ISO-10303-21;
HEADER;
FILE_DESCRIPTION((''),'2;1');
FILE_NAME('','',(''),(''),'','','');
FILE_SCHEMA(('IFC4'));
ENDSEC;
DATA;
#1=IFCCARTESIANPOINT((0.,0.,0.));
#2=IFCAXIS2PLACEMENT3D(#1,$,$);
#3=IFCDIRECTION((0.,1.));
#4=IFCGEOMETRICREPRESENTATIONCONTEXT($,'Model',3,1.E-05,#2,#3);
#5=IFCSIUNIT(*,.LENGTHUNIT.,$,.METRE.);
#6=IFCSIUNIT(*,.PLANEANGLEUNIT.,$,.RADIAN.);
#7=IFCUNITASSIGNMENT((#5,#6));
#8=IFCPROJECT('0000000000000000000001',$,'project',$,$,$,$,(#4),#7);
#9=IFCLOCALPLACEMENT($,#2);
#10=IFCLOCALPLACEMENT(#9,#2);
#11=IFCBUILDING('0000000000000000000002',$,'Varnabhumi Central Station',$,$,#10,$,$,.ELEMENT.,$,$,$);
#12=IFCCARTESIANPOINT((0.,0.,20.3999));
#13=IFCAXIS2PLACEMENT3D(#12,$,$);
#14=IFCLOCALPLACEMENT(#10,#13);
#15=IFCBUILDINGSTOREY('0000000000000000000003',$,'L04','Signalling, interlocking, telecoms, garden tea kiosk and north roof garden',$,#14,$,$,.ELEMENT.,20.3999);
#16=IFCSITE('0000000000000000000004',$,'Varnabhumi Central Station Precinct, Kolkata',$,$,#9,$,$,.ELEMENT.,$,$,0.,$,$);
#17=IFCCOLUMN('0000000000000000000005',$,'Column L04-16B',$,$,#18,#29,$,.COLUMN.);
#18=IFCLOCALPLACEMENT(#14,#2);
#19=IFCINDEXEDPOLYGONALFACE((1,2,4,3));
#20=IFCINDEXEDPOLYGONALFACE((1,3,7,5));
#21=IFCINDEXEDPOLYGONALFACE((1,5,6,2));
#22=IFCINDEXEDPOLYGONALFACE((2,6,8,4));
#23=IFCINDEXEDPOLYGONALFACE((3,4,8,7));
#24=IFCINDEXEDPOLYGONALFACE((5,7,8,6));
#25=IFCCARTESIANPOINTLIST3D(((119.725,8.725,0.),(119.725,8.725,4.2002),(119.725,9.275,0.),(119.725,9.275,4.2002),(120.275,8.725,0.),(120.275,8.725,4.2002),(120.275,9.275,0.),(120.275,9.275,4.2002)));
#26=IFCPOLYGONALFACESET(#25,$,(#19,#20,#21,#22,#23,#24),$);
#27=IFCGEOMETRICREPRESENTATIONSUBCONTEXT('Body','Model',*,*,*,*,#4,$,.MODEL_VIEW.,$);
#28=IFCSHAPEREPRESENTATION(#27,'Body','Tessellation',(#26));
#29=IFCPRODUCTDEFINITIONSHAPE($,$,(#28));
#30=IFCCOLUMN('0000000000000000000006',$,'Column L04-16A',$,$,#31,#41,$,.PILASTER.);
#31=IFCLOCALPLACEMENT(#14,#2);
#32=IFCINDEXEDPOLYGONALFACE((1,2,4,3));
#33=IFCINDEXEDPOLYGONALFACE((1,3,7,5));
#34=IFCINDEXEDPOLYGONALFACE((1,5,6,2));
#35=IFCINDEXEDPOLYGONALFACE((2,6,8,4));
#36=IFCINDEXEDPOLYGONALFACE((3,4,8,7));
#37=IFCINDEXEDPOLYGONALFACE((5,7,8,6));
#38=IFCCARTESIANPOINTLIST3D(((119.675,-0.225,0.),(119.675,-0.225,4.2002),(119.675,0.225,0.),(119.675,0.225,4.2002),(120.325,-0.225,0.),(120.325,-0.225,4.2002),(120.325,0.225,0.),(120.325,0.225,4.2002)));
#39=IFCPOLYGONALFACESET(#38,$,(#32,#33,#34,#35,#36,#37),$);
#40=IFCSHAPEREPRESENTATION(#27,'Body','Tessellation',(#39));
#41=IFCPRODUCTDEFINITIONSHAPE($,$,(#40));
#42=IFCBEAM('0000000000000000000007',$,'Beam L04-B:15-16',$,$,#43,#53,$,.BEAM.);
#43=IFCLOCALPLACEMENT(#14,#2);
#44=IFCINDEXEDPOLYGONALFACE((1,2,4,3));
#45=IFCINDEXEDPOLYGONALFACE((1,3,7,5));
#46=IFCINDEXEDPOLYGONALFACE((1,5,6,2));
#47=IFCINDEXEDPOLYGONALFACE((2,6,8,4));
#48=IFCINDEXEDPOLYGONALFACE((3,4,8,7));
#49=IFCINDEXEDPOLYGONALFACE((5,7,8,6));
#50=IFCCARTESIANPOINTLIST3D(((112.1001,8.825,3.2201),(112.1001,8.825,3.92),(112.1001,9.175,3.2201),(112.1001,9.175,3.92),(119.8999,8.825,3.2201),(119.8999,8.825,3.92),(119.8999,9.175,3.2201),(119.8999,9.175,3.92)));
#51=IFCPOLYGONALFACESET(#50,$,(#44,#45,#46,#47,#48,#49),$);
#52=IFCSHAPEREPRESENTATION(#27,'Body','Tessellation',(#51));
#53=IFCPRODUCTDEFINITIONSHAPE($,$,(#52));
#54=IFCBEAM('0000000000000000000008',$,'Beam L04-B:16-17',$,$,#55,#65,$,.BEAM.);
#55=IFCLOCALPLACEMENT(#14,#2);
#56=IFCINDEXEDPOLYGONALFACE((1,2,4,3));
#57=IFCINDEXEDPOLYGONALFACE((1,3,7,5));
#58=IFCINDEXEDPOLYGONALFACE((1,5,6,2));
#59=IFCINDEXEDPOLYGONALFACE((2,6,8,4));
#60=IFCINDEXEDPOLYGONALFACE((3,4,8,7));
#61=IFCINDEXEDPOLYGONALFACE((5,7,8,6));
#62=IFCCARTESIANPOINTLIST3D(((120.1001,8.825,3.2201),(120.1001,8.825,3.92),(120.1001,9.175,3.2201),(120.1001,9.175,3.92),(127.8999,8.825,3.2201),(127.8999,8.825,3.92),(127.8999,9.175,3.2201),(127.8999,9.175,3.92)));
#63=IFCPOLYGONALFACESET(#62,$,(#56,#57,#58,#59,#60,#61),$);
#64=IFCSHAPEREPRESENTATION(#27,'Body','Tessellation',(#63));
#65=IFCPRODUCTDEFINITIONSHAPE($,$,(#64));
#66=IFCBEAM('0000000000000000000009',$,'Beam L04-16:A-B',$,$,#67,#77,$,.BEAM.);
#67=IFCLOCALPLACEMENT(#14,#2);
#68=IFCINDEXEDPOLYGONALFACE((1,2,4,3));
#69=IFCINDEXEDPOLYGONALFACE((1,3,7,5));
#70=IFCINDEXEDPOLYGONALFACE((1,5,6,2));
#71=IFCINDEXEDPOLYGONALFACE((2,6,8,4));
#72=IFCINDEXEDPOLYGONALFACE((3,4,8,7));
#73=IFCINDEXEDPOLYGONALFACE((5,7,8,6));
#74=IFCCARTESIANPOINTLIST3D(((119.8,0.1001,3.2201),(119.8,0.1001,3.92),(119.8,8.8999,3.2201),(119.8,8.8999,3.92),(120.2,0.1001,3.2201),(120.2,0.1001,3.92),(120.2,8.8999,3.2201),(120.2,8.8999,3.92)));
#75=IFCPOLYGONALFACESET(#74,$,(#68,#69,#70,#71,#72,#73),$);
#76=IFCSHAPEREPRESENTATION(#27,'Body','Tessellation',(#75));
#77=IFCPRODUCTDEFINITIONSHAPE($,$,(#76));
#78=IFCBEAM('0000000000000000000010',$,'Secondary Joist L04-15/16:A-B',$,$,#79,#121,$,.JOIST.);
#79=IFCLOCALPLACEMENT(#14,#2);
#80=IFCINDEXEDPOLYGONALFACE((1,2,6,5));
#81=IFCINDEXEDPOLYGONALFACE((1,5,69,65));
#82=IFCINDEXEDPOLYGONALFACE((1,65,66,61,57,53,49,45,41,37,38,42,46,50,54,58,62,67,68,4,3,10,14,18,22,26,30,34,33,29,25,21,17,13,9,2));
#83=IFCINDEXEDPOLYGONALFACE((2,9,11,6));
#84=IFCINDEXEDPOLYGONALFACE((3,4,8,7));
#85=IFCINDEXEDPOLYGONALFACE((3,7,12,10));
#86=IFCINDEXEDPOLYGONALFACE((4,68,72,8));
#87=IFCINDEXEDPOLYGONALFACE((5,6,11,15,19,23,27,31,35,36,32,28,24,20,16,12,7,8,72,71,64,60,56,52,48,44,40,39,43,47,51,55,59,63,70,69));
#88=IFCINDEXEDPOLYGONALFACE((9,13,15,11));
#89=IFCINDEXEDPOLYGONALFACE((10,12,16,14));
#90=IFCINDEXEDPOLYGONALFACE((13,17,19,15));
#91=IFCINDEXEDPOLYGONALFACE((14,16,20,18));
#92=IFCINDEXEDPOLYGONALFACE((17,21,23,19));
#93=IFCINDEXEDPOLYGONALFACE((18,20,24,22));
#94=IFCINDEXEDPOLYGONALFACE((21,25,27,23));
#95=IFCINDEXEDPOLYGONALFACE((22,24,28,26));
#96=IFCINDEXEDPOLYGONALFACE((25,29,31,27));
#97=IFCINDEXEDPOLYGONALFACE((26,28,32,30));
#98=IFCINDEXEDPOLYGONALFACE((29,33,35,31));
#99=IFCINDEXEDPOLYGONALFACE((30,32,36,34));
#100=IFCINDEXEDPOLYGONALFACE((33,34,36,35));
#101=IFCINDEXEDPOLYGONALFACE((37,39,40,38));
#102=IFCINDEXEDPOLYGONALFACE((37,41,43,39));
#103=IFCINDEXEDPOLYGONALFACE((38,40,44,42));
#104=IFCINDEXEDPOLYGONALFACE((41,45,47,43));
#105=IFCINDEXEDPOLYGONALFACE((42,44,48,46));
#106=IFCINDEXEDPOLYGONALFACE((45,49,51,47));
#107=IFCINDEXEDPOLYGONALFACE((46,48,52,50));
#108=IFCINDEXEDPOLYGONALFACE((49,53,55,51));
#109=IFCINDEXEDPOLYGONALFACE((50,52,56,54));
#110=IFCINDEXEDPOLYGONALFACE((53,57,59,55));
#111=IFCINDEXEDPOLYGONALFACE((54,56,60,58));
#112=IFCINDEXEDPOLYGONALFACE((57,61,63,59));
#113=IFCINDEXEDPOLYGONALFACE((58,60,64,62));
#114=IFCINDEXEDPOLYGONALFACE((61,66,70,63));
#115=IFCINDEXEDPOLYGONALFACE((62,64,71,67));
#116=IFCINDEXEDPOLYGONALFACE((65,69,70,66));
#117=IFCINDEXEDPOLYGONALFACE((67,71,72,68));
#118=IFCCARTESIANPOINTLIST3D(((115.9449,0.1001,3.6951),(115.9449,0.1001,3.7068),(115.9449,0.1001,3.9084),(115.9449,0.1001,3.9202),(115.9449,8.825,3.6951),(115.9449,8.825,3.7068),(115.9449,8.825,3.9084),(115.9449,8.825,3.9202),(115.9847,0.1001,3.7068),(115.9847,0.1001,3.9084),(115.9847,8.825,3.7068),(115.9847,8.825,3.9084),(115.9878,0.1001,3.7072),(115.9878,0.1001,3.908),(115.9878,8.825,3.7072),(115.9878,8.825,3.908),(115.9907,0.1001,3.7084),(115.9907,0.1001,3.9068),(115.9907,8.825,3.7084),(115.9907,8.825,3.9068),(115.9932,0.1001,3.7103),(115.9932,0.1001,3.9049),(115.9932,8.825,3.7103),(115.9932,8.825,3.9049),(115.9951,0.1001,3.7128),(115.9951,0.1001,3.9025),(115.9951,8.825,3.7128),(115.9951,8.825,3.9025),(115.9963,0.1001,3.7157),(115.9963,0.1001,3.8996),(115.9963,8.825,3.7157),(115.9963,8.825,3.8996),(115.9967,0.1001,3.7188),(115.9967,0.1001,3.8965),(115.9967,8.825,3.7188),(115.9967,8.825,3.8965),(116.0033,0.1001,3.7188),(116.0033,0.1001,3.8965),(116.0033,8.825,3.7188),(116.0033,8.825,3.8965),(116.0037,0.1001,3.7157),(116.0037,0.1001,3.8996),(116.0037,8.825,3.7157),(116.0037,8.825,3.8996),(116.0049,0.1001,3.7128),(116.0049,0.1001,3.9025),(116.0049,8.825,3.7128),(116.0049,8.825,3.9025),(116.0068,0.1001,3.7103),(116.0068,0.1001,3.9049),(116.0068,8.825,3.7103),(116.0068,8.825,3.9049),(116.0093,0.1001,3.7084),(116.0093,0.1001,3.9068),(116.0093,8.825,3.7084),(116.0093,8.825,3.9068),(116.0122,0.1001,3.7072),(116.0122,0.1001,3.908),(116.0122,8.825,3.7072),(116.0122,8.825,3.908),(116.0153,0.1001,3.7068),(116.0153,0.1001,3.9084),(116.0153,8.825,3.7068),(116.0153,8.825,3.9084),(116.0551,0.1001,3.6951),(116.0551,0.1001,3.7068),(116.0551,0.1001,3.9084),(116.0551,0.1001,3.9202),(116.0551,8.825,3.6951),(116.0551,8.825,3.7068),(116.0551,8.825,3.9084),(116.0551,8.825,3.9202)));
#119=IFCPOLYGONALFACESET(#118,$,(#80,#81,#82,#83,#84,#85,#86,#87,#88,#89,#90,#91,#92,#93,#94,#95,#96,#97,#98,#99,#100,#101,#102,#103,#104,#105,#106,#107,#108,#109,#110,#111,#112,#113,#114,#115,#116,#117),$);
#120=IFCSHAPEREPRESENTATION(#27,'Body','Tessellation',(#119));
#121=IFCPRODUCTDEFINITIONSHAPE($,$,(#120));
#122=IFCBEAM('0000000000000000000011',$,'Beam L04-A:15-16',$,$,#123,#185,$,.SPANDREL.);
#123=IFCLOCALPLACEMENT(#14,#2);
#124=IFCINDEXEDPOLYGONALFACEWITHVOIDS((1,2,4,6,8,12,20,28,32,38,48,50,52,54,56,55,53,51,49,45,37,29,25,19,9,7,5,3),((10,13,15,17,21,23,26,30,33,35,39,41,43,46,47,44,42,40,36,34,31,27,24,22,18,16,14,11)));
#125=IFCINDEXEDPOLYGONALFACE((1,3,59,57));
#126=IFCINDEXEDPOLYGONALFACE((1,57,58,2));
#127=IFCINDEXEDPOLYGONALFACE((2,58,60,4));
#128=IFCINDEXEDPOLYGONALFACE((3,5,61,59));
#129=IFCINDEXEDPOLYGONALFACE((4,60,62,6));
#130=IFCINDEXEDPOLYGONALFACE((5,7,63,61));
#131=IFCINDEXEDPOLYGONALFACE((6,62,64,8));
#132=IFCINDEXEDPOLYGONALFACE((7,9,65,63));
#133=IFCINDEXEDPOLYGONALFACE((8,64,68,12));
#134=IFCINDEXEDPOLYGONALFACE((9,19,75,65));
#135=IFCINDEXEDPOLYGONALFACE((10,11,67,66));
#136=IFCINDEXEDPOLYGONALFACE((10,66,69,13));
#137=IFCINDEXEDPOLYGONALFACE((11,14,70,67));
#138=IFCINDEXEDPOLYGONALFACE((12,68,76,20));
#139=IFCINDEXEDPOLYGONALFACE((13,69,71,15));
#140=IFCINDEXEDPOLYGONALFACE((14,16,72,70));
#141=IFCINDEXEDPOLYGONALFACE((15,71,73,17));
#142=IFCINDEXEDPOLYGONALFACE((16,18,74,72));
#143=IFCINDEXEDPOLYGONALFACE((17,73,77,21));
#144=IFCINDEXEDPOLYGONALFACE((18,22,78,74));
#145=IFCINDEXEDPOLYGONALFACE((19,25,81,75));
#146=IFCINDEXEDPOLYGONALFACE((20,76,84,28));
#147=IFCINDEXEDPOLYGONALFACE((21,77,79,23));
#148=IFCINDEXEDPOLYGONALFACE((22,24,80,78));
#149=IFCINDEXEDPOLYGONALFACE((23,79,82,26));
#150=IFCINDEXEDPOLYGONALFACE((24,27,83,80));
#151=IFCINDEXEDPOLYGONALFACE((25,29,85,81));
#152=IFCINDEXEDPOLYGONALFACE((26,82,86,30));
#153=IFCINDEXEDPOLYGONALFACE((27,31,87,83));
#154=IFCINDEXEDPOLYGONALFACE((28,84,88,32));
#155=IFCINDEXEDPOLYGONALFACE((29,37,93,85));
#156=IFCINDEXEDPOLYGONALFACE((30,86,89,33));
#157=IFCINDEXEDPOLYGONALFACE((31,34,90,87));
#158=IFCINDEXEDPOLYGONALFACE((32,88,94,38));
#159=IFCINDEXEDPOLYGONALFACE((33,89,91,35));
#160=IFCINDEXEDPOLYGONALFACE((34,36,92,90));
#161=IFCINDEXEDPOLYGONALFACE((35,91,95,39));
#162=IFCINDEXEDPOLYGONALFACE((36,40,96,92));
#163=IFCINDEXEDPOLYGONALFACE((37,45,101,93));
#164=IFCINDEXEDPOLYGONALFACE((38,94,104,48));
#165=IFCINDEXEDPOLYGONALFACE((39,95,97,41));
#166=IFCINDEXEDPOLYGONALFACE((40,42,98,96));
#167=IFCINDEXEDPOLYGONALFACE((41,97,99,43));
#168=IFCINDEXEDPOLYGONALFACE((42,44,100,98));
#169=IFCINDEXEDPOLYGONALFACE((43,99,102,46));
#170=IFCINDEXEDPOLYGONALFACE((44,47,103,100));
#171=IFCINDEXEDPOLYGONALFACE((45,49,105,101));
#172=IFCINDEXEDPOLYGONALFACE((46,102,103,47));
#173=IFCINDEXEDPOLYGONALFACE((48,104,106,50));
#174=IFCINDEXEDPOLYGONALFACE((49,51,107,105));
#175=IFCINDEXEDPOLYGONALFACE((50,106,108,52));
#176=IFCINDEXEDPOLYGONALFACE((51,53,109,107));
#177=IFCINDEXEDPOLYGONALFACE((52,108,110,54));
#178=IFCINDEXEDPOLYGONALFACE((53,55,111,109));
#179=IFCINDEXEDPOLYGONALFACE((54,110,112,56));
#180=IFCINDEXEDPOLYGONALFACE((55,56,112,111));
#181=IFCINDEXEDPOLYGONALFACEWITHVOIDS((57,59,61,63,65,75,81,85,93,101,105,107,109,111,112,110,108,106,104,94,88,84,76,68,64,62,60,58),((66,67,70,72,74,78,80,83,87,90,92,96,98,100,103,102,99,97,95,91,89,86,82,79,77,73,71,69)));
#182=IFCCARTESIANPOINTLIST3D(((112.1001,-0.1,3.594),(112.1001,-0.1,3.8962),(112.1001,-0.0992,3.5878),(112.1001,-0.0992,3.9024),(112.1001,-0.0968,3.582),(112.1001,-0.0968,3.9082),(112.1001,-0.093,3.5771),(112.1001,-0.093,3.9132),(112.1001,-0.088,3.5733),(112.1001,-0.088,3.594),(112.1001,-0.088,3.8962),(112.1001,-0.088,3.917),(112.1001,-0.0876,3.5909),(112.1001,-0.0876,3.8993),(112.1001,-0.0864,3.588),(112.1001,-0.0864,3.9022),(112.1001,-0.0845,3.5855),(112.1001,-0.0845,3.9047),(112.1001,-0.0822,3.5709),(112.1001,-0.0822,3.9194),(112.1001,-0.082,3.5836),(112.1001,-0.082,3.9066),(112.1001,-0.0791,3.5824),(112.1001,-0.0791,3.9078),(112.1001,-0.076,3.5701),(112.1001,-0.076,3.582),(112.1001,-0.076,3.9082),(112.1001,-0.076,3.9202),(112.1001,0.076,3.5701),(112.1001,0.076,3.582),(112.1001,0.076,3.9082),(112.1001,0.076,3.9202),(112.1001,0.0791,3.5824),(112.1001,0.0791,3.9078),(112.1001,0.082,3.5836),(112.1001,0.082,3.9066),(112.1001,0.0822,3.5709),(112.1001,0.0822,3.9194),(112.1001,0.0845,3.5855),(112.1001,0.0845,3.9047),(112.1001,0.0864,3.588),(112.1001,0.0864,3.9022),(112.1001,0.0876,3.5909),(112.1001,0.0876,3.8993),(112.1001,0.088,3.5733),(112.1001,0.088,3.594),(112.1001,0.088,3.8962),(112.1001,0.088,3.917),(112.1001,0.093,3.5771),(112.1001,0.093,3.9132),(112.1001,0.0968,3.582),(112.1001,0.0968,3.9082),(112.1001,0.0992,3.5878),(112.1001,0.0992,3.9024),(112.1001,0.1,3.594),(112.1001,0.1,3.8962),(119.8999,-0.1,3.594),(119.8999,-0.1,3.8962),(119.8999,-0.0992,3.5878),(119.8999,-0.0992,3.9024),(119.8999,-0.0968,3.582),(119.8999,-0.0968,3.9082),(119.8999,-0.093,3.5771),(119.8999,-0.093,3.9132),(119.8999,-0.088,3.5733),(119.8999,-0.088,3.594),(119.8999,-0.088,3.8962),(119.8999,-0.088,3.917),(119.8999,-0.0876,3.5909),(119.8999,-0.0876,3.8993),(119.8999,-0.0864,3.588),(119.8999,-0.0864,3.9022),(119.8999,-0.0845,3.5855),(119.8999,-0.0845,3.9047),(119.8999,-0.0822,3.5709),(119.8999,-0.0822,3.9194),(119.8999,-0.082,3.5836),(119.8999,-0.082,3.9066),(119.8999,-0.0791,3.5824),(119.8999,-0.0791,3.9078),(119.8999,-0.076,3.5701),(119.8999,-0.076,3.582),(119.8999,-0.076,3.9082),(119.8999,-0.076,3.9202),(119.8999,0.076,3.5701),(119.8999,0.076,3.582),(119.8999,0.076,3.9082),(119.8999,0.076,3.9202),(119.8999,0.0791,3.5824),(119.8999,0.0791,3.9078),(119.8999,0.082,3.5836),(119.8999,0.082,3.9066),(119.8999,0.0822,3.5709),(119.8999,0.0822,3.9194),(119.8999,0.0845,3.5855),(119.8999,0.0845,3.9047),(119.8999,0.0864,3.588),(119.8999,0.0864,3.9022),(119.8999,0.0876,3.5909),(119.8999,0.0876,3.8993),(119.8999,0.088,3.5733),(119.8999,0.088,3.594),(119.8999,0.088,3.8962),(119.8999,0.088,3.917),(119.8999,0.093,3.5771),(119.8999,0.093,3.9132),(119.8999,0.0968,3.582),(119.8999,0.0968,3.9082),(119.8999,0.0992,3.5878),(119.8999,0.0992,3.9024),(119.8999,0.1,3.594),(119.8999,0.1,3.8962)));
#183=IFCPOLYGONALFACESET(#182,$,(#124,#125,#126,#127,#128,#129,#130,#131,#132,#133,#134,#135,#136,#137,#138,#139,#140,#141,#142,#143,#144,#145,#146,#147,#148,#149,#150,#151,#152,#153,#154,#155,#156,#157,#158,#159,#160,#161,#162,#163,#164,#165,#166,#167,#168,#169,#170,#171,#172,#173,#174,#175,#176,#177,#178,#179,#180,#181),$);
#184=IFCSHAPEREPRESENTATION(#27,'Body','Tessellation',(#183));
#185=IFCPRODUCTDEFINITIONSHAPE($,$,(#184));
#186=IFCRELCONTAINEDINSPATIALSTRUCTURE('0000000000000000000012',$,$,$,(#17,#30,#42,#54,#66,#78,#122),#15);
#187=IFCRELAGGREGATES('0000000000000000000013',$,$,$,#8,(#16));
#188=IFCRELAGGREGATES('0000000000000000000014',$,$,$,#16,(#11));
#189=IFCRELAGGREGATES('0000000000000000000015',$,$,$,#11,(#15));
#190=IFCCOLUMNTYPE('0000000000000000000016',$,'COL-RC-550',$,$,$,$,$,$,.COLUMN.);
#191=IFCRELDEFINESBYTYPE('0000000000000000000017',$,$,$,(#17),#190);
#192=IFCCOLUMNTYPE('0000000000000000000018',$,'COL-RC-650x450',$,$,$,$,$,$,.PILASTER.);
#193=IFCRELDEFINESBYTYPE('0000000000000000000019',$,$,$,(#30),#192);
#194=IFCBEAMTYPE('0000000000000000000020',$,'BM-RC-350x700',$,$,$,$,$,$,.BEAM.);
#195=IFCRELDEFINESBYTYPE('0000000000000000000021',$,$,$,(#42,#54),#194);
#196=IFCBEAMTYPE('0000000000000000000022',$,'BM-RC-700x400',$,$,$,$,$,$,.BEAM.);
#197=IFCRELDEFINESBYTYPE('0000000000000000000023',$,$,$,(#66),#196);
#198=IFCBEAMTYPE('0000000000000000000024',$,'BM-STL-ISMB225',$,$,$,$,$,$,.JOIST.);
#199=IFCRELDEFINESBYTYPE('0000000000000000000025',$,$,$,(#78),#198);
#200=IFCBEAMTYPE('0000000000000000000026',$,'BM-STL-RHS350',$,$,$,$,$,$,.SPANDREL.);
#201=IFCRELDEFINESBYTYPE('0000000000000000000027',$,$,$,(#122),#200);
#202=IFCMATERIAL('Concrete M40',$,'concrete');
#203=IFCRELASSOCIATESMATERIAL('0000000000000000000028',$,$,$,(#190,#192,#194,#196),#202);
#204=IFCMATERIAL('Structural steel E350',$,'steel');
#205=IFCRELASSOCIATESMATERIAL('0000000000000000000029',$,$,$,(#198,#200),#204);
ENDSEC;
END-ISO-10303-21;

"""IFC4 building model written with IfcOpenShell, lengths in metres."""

from ifc_helpers import new_model, si_unit, direction, frame, origin, origin_2d, place, context, subcontext, project, spatial, rectangle, hollow_rectangle, i_section, extrude, material, material_profile, profile_set, type_object, element, save


model = new_model("IFC4")

# Units and contexts
model_context = context("Model", 3, precision=1e-05, world=origin(), true_north=direction((0.0, 1.0)))
body_context = subcontext(model_context, "Body", "Model", "MODEL_VIEW")
ifc_project = project(units=[si_unit("LENGTHUNIT", "METRE"), si_unit("PLANEANGLEUNIT", "RADIAN")], contexts=[model_context])

# Site, building, storey
site_placement = place(None, origin())
site = spatial("IfcSite", under=ifc_project, at=site_placement, Name="Varnabhumi Central Station Precinct, Kolkata", CompositionType="ELEMENT", RefElevation=0.0)
building_placement = place(site_placement, origin())
building = spatial("IfcBuilding", under=site, at=building_placement, Name="Varnabhumi Central Station", CompositionType="ELEMENT")
storey_placement = place(building_placement, frame((0.0, 0.0, 20.3999)))
storey = spatial("IfcBuildingStorey", under=building, at=storey_placement, Name="L04", Description="Signalling, interlocking, telecoms, garden tea kiosk and north roof garden", CompositionType="ELEMENT", Elevation=20.3999)

# Columns
ifc_material_1 = material(Name="Concrete M40", Category="concrete")
ifc_material_profile_1 = material_profile(ifc_material_1, rectangle(XDim=0.55, YDim=0.55, at=origin_2d()), Name="Concrete M40", Category="concrete")
ifc_profile_set_1 = profile_set([ifc_material_profile_1], Name="Concrete M40")
column_type_1 = type_object("IfcColumnType", Name="COL-RC-550", PredefinedType="COLUMN", material=ifc_profile_set_1)
column_1_placement = place(storey_placement, frame((120.0, 9.0, 0.0), z_axis=(0.0, 0.0, 1.0), x_axis=(1.0, 0.0, 0.0)))
element("IfcColumn", 1, at=column_1_placement, inside=storey, type_object=column_type_1, Name="Column L04-16B", PredefinedType="COLUMN", context=body_context, shape_type="SweptSolid", body=[
    extrude(rectangle(XDim=0.55, YDim=0.55, at=origin_2d()), origin(), (0.0, 0.0, 1.0), 4.2002),
])
ifc_material_profile_2 = material_profile(ifc_material_1, rectangle(XDim=0.6499, YDim=0.45, at=origin_2d()), Name="Concrete M40", Category="concrete")
ifc_profile_set_2 = profile_set([ifc_material_profile_2], Name="Concrete M40")
column_type_2 = type_object("IfcColumnType", Name="COL-RC-650x450", PredefinedType="PILASTER", material=ifc_profile_set_2)
column_2_placement = place(storey_placement, frame((120.0, 0.0, 0.0), z_axis=(0.0, 0.0, 1.0), x_axis=(1.0, 0.0, 0.0)))
element("IfcColumn", 2, at=column_2_placement, inside=storey, type_object=column_type_2, Name="Column L04-16A", PredefinedType="PILASTER", context=body_context, shape_type="SweptSolid", body=[
    extrude(rectangle(XDim=0.6499, YDim=0.45, at=origin_2d()), origin(), (0.0, 0.0, 1.0), 4.2002),
])

# Beams
ifc_material_profile_3 = material_profile(ifc_material_1, rectangle(XDim=0.3501, YDim=0.7, at=origin_2d()), Name="Concrete M40", Category="concrete")
ifc_profile_set_3 = profile_set([ifc_material_profile_3], Name="Concrete M40")
beam_type_1 = type_object("IfcBeamType", Name="BM-RC-350x700", PredefinedType="BEAM", material=ifc_profile_set_3)
for number, where, z_axis, x_axis, name in (
    (3, (112.1001, 9.0, 3.5701), (1.0, 0.0, 0.0), (0.0, 1.0, 0.0), "Beam L04-B:15-16"),
    (4, (120.1001, 9.0, 3.5701), (1.0, 0.0, 0.0), (0.0, 1.0, 0.0), "Beam L04-B:16-17"),
):
    element("IfcBeam", number, at=place(storey_placement, frame(where, z_axis=z_axis, x_axis=x_axis)), inside=storey, type_object=beam_type_1, Name=name, PredefinedType="BEAM", context=body_context, shape_type="SweptSolid", body=[
        extrude(rectangle(XDim=0.3501, YDim=0.7, at=origin_2d()), origin(), (0.0, 0.0, 1.0), 7.7998),
    ])
ifc_material_profile_4 = material_profile(ifc_material_1, rectangle(XDim=0.3999, YDim=0.7, at=origin_2d()), Name="Concrete M40", Category="concrete")
ifc_profile_set_4 = profile_set([ifc_material_profile_4], Name="Concrete M40")
beam_type_2 = type_object("IfcBeamType", Name="BM-RC-700x400", PredefinedType="BEAM", material=ifc_profile_set_4)
beam_1_placement = place(storey_placement, frame((120.0, 0.1001, 3.5701), z_axis=(0.0, 1.0, 0.0), x_axis=(-1.0, 0.0, 0.0)))
element("IfcBeam", 5, at=beam_1_placement, inside=storey, type_object=beam_type_2, Name="Beam L04-16:A-B", PredefinedType="BEAM", context=body_context, shape_type="SweptSolid", body=[
    extrude(rectangle(XDim=0.3999, YDim=0.7, at=origin_2d()), origin(), (0.0, 0.0, 1.0), 8.7998),
])
ifc_material_2 = material(Name="Structural steel E350", Category="steel")
ifc_material_profile_5 = material_profile(ifc_material_2, i_section(OverallWidth=0.1101, OverallDepth=0.2251, WebThickness=0.0066, FlangeThickness=0.0117, FilletRadius=0.012, at=origin_2d()), Name="Structural steel E350", Category="steel")
ifc_profile_set_5 = profile_set([ifc_material_profile_5], Name="Structural steel E350")
beam_type_3 = type_object("IfcBeamType", Name="BM-STL-ISMB225", PredefinedType="JOIST", material=ifc_profile_set_5)
beam_2_placement = place(storey_placement, frame((116.0, 0.1001, 3.8076), z_axis=(0.0, 1.0, 0.0), x_axis=(-1.0, 0.0, 0.0)))
element("IfcBeam", 6, at=beam_2_placement, inside=storey, type_object=beam_type_3, Name="Secondary Joist L04-15/16:A-B", PredefinedType="JOIST", context=body_context, shape_type="SweptSolid", body=[
    extrude(i_section(OverallWidth=0.1101, OverallDepth=0.2251, WebThickness=0.0066, FlangeThickness=0.0117, FilletRadius=0.012, at=origin_2d()), origin(), (0.0, 0.0, 1.0), 8.7249),
])
ifc_material_profile_6 = material_profile(ifc_material_2, hollow_rectangle(XDim=0.2, YDim=0.3501, WallThickness=0.012, InnerFilletRadius=0.012, OuterFilletRadius=0.0239, at=origin_2d()), Name="Structural steel E350", Category="steel")
ifc_profile_set_6 = profile_set([ifc_material_profile_6], Name="Structural steel E350")
beam_type_4 = type_object("IfcBeamType", Name="BM-STL-RHS350", PredefinedType="SPANDREL", material=ifc_profile_set_6)
for number, where, z_axis, x_axis, name in (
    (7, (112.1001, 0.0, 3.7451), (1.0, 0.0, 0.0), (0.0, 1.0, 0.0), "Beam L04-A:15-16"),
):
    element("IfcBeam", number, at=place(storey_placement, frame(where, z_axis=z_axis, x_axis=x_axis)), inside=storey, type_object=beam_type_4, Name=name, PredefinedType="SPANDREL", context=body_context, shape_type="SweptSolid", body=[
        extrude(hollow_rectangle(XDim=0.2, YDim=0.3501, WallThickness=0.012, InnerFilletRadius=0.012, OuterFilletRadius=0.0239, at=origin_2d()), origin(), (0.0, 0.0, 1.0), 7.7998),
    ])

save(model, "model.ifc")
